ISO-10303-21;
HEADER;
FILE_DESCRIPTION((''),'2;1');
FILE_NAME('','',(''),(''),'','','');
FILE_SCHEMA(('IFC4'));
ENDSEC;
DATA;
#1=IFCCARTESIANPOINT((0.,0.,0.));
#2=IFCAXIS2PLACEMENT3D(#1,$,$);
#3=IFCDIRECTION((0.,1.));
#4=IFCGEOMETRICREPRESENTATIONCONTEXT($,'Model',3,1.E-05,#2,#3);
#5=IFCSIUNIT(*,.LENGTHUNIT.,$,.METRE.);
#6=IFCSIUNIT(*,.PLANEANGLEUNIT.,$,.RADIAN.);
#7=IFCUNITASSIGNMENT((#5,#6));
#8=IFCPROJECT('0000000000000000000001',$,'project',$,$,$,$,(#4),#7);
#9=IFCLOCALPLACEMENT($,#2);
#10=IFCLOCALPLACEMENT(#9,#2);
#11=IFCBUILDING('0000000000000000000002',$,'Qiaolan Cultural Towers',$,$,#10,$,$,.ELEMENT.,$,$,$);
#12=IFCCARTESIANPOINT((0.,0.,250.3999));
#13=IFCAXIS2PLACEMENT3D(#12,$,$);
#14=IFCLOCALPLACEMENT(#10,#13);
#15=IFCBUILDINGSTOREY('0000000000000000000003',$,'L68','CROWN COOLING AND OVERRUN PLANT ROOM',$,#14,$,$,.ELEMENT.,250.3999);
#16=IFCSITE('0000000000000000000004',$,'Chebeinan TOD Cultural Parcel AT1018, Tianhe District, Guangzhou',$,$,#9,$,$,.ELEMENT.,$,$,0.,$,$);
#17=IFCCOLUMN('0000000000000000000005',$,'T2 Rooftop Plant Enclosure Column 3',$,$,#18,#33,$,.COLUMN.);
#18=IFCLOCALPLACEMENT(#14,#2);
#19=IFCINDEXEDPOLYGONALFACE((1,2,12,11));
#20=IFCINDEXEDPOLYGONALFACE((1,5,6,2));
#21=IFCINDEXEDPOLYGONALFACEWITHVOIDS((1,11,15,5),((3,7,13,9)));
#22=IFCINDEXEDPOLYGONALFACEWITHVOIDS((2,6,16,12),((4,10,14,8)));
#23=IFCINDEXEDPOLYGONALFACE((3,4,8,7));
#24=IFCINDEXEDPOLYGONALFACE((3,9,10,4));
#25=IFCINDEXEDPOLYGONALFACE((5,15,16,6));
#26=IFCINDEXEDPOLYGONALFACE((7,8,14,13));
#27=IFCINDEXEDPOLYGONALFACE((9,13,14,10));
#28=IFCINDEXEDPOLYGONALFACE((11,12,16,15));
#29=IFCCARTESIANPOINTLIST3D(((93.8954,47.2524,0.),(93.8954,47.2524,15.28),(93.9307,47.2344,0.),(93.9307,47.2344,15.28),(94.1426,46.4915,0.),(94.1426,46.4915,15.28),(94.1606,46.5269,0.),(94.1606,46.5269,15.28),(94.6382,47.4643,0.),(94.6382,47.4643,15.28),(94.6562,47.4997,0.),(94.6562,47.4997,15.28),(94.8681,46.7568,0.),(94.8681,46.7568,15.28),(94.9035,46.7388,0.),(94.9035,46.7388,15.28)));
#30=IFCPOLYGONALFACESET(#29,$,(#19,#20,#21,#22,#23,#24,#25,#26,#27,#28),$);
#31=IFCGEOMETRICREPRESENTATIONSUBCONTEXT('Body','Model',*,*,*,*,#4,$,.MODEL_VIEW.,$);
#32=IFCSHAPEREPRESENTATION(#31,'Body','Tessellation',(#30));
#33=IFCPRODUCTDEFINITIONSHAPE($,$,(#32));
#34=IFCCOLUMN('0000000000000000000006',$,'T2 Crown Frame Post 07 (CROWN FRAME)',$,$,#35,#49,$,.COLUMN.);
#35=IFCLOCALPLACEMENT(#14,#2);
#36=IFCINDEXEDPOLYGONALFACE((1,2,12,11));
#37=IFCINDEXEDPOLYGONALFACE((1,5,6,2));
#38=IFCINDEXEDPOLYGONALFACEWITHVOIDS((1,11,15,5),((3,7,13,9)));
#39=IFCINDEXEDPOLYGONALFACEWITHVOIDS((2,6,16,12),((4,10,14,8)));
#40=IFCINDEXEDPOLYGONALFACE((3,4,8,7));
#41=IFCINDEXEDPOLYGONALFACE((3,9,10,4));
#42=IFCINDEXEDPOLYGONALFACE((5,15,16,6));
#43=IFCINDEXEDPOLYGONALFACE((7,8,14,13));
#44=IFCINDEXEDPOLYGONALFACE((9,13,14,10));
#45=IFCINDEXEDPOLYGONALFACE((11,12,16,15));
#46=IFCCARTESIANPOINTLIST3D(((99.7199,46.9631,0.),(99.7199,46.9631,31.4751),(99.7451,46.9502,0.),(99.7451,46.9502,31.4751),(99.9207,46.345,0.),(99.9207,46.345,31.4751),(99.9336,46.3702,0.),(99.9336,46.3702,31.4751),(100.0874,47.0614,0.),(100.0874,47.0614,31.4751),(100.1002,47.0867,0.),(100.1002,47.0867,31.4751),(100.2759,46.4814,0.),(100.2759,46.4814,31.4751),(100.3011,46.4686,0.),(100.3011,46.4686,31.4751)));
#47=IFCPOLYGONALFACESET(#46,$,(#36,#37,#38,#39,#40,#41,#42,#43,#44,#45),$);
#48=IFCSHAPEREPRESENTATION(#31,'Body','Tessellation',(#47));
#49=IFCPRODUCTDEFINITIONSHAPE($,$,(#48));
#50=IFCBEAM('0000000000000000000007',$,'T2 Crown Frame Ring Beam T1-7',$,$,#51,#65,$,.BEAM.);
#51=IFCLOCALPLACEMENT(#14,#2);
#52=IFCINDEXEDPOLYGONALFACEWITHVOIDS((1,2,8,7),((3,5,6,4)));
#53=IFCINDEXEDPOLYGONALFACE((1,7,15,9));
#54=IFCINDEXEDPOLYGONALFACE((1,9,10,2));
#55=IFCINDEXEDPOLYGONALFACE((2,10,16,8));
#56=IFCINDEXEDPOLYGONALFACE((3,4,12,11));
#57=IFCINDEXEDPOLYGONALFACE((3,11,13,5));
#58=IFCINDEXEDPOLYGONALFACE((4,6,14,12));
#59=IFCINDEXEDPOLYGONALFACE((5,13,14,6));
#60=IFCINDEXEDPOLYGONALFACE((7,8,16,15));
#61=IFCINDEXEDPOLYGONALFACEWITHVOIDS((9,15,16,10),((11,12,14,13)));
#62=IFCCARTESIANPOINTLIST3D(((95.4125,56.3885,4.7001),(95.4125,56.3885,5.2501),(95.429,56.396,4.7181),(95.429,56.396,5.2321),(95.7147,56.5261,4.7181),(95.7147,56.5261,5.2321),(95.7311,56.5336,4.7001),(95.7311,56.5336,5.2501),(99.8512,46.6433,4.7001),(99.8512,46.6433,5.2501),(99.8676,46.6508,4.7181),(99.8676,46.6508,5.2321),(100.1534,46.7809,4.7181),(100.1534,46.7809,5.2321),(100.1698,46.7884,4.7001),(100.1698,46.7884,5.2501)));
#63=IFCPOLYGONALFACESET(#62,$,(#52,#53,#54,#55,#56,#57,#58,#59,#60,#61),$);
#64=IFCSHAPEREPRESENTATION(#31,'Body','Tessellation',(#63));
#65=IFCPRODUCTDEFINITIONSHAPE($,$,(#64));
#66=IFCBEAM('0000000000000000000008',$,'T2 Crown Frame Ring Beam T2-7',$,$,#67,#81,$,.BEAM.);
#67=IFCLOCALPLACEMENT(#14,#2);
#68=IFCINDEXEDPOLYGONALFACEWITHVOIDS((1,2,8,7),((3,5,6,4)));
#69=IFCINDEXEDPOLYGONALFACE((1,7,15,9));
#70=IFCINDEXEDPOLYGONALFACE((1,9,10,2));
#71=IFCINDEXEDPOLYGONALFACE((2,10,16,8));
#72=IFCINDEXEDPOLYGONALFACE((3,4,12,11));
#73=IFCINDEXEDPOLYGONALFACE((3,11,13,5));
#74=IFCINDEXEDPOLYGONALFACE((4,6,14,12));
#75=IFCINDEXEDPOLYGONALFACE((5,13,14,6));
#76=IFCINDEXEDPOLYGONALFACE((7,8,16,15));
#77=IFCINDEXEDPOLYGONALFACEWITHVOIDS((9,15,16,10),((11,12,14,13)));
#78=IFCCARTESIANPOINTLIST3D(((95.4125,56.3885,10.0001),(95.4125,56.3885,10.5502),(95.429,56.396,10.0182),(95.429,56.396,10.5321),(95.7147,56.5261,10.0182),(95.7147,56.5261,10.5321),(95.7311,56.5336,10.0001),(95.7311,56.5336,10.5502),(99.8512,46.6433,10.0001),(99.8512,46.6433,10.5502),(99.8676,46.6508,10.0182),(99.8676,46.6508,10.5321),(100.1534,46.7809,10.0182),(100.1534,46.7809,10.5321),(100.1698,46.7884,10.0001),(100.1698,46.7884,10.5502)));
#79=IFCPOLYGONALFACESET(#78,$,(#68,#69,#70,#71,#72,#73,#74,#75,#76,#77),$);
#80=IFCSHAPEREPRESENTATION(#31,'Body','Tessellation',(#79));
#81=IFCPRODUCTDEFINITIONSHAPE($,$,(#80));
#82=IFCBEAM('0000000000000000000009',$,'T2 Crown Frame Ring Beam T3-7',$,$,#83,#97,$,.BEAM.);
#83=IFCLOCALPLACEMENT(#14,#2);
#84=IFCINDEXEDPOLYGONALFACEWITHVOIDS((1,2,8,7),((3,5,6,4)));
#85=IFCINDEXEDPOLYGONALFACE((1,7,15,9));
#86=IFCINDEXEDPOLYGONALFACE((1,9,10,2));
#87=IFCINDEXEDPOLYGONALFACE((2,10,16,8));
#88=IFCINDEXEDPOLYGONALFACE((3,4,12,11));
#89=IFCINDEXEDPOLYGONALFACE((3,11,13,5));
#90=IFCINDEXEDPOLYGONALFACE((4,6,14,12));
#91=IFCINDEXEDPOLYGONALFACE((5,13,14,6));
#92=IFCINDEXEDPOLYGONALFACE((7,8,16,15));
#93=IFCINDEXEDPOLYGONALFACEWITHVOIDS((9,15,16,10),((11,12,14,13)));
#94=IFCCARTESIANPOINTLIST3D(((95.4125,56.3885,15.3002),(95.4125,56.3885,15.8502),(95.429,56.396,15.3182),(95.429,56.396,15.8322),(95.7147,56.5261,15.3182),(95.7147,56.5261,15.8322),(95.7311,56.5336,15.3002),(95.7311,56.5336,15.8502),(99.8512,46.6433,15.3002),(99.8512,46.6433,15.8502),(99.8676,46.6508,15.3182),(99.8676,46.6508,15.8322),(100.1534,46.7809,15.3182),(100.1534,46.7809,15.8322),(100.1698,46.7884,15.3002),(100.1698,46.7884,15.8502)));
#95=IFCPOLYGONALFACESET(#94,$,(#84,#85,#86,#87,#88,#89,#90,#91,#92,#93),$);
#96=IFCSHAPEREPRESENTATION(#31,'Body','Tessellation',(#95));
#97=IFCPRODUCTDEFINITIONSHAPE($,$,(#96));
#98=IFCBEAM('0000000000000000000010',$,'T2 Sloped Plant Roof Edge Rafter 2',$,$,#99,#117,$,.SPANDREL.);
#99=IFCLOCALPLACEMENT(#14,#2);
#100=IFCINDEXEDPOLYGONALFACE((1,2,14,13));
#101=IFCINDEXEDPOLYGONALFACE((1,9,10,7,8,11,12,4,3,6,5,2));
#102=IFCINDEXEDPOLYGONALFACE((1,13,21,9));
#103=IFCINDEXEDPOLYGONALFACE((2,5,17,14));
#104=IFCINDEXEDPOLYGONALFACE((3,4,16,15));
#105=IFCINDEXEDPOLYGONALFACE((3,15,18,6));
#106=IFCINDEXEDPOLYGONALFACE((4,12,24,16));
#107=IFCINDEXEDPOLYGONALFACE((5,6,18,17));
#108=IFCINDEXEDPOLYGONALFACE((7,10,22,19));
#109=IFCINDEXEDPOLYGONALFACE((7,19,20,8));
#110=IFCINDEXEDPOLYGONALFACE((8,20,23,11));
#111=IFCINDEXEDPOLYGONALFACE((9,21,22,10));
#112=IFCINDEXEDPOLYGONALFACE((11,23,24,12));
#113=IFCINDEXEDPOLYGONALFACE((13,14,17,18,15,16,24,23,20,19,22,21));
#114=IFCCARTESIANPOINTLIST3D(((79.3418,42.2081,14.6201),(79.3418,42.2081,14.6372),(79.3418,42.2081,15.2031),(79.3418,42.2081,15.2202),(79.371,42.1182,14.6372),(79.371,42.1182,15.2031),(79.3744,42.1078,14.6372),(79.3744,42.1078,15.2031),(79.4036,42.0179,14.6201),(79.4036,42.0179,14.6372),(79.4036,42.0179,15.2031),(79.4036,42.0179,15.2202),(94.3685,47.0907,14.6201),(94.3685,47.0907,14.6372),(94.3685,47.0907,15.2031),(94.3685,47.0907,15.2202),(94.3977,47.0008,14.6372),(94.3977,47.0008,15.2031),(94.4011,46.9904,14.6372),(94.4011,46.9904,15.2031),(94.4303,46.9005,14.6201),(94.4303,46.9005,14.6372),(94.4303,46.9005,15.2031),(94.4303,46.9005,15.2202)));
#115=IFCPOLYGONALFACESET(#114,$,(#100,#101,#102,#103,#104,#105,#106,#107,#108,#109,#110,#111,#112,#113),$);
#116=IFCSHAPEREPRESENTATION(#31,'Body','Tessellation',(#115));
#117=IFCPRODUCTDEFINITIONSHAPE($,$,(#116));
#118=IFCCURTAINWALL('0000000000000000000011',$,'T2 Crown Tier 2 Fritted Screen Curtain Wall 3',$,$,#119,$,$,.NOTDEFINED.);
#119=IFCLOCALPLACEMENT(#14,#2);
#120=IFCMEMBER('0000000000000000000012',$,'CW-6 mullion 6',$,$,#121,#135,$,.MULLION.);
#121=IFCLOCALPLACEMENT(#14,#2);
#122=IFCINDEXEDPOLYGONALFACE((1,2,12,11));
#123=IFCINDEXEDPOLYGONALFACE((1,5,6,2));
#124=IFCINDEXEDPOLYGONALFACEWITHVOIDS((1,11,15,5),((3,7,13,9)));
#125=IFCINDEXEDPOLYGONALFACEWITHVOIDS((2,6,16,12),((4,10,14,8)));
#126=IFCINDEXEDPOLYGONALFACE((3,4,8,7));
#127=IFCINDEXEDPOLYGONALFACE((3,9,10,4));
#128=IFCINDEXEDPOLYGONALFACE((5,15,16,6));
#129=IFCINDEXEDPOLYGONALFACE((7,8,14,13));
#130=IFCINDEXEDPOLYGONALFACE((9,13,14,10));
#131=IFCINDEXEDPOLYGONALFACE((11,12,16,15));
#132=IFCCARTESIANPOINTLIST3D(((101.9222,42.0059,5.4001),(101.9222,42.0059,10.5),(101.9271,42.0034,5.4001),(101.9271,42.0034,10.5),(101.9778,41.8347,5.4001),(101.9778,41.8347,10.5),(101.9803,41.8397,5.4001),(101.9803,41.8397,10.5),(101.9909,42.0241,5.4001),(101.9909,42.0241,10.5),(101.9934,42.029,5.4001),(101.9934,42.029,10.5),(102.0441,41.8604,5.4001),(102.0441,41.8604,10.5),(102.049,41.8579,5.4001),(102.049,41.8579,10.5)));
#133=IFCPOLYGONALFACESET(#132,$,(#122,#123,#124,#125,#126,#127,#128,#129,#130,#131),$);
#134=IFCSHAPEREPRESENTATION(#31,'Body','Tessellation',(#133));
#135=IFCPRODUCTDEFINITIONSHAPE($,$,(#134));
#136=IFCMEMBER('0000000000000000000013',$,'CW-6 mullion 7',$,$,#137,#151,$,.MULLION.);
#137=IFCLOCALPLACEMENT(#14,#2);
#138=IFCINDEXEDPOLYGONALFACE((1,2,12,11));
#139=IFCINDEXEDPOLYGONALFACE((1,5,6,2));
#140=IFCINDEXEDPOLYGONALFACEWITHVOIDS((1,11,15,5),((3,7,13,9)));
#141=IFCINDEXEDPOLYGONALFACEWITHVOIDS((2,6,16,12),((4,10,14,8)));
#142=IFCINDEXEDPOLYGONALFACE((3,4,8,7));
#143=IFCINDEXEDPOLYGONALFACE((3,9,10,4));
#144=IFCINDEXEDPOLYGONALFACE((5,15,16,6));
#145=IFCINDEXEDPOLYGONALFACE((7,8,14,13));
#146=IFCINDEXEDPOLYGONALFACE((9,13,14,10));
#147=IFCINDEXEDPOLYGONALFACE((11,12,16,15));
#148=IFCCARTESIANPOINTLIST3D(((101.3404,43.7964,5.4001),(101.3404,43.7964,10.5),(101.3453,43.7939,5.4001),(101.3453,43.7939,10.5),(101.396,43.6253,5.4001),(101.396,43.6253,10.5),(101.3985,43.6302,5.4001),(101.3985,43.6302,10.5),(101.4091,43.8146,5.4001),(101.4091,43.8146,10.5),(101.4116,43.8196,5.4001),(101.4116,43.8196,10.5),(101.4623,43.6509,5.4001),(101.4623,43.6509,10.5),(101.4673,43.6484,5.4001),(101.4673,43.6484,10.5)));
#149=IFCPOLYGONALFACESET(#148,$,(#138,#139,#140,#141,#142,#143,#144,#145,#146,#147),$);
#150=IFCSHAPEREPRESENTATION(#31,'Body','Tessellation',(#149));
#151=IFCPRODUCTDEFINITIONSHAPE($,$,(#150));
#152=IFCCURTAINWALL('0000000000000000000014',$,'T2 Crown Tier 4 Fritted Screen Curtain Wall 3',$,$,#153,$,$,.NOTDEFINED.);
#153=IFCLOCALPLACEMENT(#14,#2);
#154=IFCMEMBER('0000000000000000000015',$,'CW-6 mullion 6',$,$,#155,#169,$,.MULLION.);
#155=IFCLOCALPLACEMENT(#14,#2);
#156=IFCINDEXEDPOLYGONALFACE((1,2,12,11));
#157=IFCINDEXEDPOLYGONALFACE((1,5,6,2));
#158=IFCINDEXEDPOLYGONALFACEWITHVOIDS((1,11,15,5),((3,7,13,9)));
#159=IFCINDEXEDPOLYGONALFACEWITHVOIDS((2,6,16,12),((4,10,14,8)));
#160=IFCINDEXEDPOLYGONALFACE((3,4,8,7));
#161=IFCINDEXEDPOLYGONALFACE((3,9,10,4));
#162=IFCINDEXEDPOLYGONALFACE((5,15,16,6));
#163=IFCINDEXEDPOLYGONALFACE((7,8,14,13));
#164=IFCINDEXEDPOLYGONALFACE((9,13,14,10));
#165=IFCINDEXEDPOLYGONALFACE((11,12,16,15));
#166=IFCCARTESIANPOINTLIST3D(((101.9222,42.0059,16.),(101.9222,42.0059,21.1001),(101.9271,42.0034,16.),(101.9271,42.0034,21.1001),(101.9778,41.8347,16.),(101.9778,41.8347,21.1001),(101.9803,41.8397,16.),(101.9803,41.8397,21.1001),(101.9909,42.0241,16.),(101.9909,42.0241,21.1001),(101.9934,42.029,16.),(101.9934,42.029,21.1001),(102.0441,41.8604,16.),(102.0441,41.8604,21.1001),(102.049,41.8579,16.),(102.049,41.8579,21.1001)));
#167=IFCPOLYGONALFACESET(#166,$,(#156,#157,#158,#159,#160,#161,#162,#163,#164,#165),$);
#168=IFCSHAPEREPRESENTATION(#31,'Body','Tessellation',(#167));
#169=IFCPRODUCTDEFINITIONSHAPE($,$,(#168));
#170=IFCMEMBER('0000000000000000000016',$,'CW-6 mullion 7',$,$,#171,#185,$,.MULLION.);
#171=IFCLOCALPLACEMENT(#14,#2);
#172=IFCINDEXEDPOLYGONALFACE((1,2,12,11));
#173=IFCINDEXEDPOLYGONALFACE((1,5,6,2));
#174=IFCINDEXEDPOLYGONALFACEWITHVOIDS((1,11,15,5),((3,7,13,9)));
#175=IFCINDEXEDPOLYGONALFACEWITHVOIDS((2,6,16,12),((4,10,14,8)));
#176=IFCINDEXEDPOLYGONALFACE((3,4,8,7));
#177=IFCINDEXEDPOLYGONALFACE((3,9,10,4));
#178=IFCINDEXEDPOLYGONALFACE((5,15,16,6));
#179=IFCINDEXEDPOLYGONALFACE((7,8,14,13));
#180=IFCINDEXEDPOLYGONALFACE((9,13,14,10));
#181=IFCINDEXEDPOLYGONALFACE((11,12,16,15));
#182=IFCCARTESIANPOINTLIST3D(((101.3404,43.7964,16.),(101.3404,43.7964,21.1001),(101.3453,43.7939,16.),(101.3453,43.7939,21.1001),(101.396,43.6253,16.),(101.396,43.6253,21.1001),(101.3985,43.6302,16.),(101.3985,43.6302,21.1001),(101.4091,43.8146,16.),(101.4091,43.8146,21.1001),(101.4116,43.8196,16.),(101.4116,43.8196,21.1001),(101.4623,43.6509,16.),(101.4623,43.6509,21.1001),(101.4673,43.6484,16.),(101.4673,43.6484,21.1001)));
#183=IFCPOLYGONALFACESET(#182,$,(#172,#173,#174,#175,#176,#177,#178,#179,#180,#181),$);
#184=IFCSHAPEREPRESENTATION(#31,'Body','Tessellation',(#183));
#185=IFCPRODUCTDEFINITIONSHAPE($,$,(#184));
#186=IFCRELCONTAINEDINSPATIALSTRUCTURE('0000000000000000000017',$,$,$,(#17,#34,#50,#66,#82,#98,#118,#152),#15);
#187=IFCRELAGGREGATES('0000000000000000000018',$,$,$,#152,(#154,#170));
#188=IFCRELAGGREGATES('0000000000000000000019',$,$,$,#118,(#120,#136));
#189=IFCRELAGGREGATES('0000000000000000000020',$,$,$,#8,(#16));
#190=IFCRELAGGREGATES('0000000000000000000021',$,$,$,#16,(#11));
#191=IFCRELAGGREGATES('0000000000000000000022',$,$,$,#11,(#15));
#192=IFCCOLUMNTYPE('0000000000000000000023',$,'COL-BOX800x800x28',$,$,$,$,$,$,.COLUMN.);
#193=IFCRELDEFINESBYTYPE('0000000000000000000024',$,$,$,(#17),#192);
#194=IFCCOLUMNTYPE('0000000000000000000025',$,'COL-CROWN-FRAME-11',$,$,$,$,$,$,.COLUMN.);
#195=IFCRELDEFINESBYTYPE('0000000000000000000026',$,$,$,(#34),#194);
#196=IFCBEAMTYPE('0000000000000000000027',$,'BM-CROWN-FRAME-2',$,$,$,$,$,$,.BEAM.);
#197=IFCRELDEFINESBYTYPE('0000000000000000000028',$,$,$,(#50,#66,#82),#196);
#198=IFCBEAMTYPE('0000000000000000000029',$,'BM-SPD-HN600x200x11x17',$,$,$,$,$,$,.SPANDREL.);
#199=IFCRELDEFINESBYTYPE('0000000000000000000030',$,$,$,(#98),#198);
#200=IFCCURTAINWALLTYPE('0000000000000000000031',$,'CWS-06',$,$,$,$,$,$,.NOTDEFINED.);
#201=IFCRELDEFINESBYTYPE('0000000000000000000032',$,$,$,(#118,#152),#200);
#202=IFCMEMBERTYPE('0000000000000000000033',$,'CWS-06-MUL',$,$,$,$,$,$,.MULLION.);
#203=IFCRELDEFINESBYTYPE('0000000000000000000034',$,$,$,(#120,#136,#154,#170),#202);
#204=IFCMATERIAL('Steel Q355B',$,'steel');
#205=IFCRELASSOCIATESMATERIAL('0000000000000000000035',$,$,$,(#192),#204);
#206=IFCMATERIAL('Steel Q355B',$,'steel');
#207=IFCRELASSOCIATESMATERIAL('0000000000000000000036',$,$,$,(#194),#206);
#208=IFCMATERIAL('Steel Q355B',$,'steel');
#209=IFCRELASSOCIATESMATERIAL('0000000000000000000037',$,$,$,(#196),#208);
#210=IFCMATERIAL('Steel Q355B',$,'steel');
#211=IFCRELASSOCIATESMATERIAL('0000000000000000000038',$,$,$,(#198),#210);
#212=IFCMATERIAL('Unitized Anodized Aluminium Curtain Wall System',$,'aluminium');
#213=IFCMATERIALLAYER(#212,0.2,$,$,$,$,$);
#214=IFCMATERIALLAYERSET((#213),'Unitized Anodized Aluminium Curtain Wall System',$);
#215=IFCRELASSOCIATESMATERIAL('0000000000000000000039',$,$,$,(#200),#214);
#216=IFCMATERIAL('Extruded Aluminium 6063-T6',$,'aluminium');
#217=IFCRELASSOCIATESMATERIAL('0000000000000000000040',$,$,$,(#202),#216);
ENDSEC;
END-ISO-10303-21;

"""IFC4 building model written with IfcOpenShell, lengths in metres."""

from ifc_helpers import new_model, si_unit, direction, frame, origin, origin_2d, place, context, subcontext, project, spatial, hollow_rectangle, i_section, extrude, material, layer, layer_set, material_profile, profile_set, type_object, element, aggregate, save


model = new_model("IFC4")

# Units and contexts
model_context = context("Model", 3, precision=1e-05, world=origin(), true_north=direction((0.0, 1.0)))
body_context = subcontext(model_context, "Body", "Model", "MODEL_VIEW")
ifc_project = project(units=[si_unit("LENGTHUNIT", "METRE"), si_unit("PLANEANGLEUNIT", "RADIAN")], contexts=[model_context])

# Site, building, storey
site_placement = place(None, origin())
site = spatial("IfcSite", under=ifc_project, at=site_placement, Name="Chebeinan TOD Cultural Parcel AT1018, Tianhe District, Guangzhou", CompositionType="ELEMENT", RefElevation=0.0)
building_placement = place(site_placement, origin())
building = spatial("IfcBuilding", under=site, at=building_placement, Name="Qiaolan Cultural Towers", CompositionType="ELEMENT")
storey_placement = place(building_placement, frame((0.0, 0.0, 250.3999)))
storey = spatial("IfcBuildingStorey", under=building, at=storey_placement, Name="L68", Description="CROWN COOLING AND OVERRUN PLANT ROOM", CompositionType="ELEMENT", Elevation=250.3999)

# Columns
ifc_material_1 = material(Name="Steel Q355B", Category="steel")
ifc_material_profile_1 = material_profile(ifc_material_1, hollow_rectangle(XDim=0.8, YDim=0.8, WallThickness=0.0281, at=origin_2d()), Name="BOX800x800x28")
ifc_profile_set_1 = profile_set([ifc_material_profile_1], Name="Steel Q355B")
column_type_1 = type_object("IfcColumnType", Name="COL-BOX800x800x28", PredefinedType="COLUMN", material=ifc_profile_set_1)
column_1_placement = place(storey_placement, frame((94.3994, 46.9956, 0.0), z_axis=(0.0, 0.0, 1.0), x_axis=(0.951057, 0.309017, 0.0)))
element("IfcColumn", 1, at=column_1_placement, inside=storey, type_object=column_type_1, Name="T2 Rooftop Plant Enclosure Column 3", PredefinedType="COLUMN", context=body_context, shape_type="SweptSolid", body=[
    extrude(hollow_rectangle(XDim=0.8, YDim=0.8, WallThickness=0.0281, at=origin_2d()), origin(), (0.0, 0.0, 1.0), 15.28),
])
ifc_material_2 = material(Name="Steel Q355B", Category="steel")
ifc_material_profile_2 = material_profile(ifc_material_2, hollow_rectangle(XDim=0.3999, YDim=0.6499, WallThickness=0.02, at=origin_2d()), Name="BOX650x400x20")
ifc_profile_set_2 = profile_set([ifc_material_profile_2], Name="Steel Q355B")
column_type_2 = type_object("IfcColumnType", Name="COL-CROWN-FRAME-11", PredefinedType="COLUMN", material=ifc_profile_set_2)
column_2_placement = place(storey_placement, frame((100.0105, 46.7158, 0.0), z_axis=(0.0, 0.0, 1.0), x_axis=(0.951057, 0.309017, 0.0)))
element("IfcColumn", 2, at=column_2_placement, inside=storey, type_object=column_type_2, Name="T2 Crown Frame Post 07 (CROWN FRAME)", PredefinedType="COLUMN", context=body_context, shape_type="SweptSolid", body=[
    extrude(hollow_rectangle(XDim=0.3999, YDim=0.6499, WallThickness=0.02, at=origin_2d()), origin(), (0.0, 0.0, 1.0), 31.4751),
])

# Beams
ifc_material_3 = material(Name="Steel Q355B", Category="steel")
ifc_material_profile_3 = material_profile(ifc_material_3, hollow_rectangle(XDim=0.3501, YDim=0.55, WallThickness=0.0181, at=origin_2d()), Name="BOX550x350x18")
ifc_profile_set_3 = profile_set([ifc_material_profile_3], Name="Steel Q355B")
beam_type_1 = type_object("IfcBeamType", Name="BM-CROWN-FRAME-2", PredefinedType="BEAM", material=ifc_profile_set_3)
for number, where, z_axis, x_axis, name in (
    (3, (100.0105, 46.7158, 4.9751), (-0.4145, 0.910049, 0.0), (-0.910049, -0.4145, 0.0), "T2 Crown Frame Ring Beam T1-7"),
    (4, (100.0105, 46.7158, 10.2751), (-0.4145, 0.910049, 0.0), (-0.910049, -0.4145, 0.0), "T2 Crown Frame Ring Beam T2-7"),
    (5, (100.0105, 46.7158, 15.5752), (-0.4145, 0.910049, 0.0), (-0.910049, -0.4145, 0.0), "T2 Crown Frame Ring Beam T3-7"),
):
    element("IfcBeam", number, at=place(storey_placement, frame(where, z_axis=z_axis, x_axis=x_axis)), inside=storey, type_object=beam_type_1, Name=name, PredefinedType="BEAM", context=body_context, shape_type="SweptSolid", body=[
        extrude(hollow_rectangle(XDim=0.3501, YDim=0.55, WallThickness=0.0181, at=origin_2d()), origin(), (0.0, 0.0, 1.0), 10.7085),
    ])
ifc_material_4 = material(Name="Steel Q355B", Category="steel")
ifc_material_profile_4 = material_profile(ifc_material_4, i_section(OverallWidth=0.2, OverallDepth=0.6001, WebThickness=0.011, FlangeThickness=0.0171, at=origin_2d()), Name="HN600x200x11x17")
ifc_profile_set_4 = profile_set([ifc_material_profile_4], Name="Steel Q355B")
beam_type_2 = type_object("IfcBeamType", Name="BM-SPD-HN600x200x11x17", PredefinedType="SPANDREL", material=ifc_profile_set_4)
beam_placement = place(storey_placement, frame((94.3994, 46.9956, 14.9202), z_axis=(-0.951054, -0.309024, 0.0), x_axis=(0.309024, -0.951054, 0.0)))
element("IfcBeam", 6, at=beam_placement, inside=storey, type_object=beam_type_2, Name="T2 Sloped Plant Roof Edge Rafter 2", PredefinedType="SPANDREL", context=body_context, shape_type="SweptSolid", body=[
    extrude(i_section(OverallWidth=0.2, OverallDepth=0.6001, WebThickness=0.011, FlangeThickness=0.0171, at=origin_2d()), origin(), (0.0, 0.0, 1.0), 15.8),
])

# Curtain walls, members
ifc_material_5 = material(Name="Unitized Anodized Aluminium Curtain Wall System", Category="aluminium")
ifc_layer_1 = layer(ifc_material_5, 0.2)
ifc_layer_set_1 = layer_set([ifc_layer_1], Name="Unitized Anodized Aluminium Curtain Wall System")
curtain_wall_type = type_object("IfcCurtainWallType", Name="CWS-06", PredefinedType="NOTDEFINED", material=ifc_layer_set_1)
curtain_wall_1_placement = place(storey_placement, origin())
curtain_wall_1 = element("IfcCurtainWall", 7, at=curtain_wall_1_placement, inside=storey, type_object=curtain_wall_type, Name="T2 Crown Tier 2 Fritted Screen Curtain Wall 3", PredefinedType="NOTDEFINED")
ifc_material_6 = material(Name="Extruded Aluminium 6063-T6", Category="aluminium")
ifc_material_profile_5 = material_profile(ifc_material_6, hollow_rectangle(XDim=0.075, YDim=0.1799, WallThickness=0.0039, at=origin_2d()), Name="CWM-180x75x4")
ifc_profile_set_5 = profile_set([ifc_material_profile_5], Name="Extruded Aluminium 6063-T6")
member_type_1 = type_object("IfcMemberType", Name="CWS-06-MUL", PredefinedType="MULLION", material=ifc_profile_set_5)
member_1_placement = place(storey_placement, frame((101.9856, 41.9319, 5.4001), z_axis=(0.0, 0.0, 1.0), x_axis=(-0.951057, -0.309017, 0.0)))
member_1 = element("IfcMember", 8, at=member_1_placement, type_object=member_type_1, Name="CW-6 mullion 6", PredefinedType="MULLION", context=body_context, shape_type="SweptSolid", body=[
    extrude(hollow_rectangle(XDim=0.075, YDim=0.1799, WallThickness=0.0039, at=origin_2d()), origin(), (0.0, 0.0, 1.0), 5.0999),
])
member_2_placement = place(storey_placement, frame((101.4038, 43.7224, 5.4001), z_axis=(0.0, 0.0, 1.0), x_axis=(-0.951057, -0.309017, 0.0)))
member_2 = element("IfcMember", 9, at=member_2_placement, type_object=member_type_1, Name="CW-6 mullion 7", PredefinedType="MULLION", context=body_context, shape_type="SweptSolid", body=[
    extrude(hollow_rectangle(XDim=0.075, YDim=0.1799, WallThickness=0.0039, at=origin_2d()), origin(), (0.0, 0.0, 1.0), 5.0999),
])
curtain_wall_2_placement = place(storey_placement, origin())
curtain_wall_2 = element("IfcCurtainWall", 10, at=curtain_wall_2_placement, inside=storey, type_object=curtain_wall_type, Name="T2 Crown Tier 4 Fritted Screen Curtain Wall 3", PredefinedType="NOTDEFINED")
member_3_placement = place(storey_placement, frame((101.9856, 41.9319, 16.0), z_axis=(0.0, 0.0, 1.0), x_axis=(-0.951057, -0.309017, 0.0)))
member_3 = element("IfcMember", 11, at=member_3_placement, type_object=member_type_1, Name="CW-6 mullion 6", PredefinedType="MULLION", context=body_context, shape_type="SweptSolid", body=[
    extrude(hollow_rectangle(XDim=0.075, YDim=0.1799, WallThickness=0.0039, at=origin_2d()), origin(), (0.0, 0.0, 1.0), 5.1001),
])
member_4_placement = place(storey_placement, frame((101.4038, 43.7224, 16.0), z_axis=(0.0, 0.0, 1.0), x_axis=(-0.951057, -0.309017, 0.0)))
member_4 = element("IfcMember", 12, at=member_4_placement, type_object=member_type_1, Name="CW-6 mullion 7", PredefinedType="MULLION", context=body_context, shape_type="SweptSolid", body=[
    extrude(hollow_rectangle(XDim=0.075, YDim=0.1799, WallThickness=0.0039, at=origin_2d()), origin(), (0.0, 0.0, 1.0), 5.1001),
])
aggregate(curtain_wall_2, [member_3, member_4])

aggregate(curtain_wall_1, [member_1, member_2])

save(model, "model.ifc")
